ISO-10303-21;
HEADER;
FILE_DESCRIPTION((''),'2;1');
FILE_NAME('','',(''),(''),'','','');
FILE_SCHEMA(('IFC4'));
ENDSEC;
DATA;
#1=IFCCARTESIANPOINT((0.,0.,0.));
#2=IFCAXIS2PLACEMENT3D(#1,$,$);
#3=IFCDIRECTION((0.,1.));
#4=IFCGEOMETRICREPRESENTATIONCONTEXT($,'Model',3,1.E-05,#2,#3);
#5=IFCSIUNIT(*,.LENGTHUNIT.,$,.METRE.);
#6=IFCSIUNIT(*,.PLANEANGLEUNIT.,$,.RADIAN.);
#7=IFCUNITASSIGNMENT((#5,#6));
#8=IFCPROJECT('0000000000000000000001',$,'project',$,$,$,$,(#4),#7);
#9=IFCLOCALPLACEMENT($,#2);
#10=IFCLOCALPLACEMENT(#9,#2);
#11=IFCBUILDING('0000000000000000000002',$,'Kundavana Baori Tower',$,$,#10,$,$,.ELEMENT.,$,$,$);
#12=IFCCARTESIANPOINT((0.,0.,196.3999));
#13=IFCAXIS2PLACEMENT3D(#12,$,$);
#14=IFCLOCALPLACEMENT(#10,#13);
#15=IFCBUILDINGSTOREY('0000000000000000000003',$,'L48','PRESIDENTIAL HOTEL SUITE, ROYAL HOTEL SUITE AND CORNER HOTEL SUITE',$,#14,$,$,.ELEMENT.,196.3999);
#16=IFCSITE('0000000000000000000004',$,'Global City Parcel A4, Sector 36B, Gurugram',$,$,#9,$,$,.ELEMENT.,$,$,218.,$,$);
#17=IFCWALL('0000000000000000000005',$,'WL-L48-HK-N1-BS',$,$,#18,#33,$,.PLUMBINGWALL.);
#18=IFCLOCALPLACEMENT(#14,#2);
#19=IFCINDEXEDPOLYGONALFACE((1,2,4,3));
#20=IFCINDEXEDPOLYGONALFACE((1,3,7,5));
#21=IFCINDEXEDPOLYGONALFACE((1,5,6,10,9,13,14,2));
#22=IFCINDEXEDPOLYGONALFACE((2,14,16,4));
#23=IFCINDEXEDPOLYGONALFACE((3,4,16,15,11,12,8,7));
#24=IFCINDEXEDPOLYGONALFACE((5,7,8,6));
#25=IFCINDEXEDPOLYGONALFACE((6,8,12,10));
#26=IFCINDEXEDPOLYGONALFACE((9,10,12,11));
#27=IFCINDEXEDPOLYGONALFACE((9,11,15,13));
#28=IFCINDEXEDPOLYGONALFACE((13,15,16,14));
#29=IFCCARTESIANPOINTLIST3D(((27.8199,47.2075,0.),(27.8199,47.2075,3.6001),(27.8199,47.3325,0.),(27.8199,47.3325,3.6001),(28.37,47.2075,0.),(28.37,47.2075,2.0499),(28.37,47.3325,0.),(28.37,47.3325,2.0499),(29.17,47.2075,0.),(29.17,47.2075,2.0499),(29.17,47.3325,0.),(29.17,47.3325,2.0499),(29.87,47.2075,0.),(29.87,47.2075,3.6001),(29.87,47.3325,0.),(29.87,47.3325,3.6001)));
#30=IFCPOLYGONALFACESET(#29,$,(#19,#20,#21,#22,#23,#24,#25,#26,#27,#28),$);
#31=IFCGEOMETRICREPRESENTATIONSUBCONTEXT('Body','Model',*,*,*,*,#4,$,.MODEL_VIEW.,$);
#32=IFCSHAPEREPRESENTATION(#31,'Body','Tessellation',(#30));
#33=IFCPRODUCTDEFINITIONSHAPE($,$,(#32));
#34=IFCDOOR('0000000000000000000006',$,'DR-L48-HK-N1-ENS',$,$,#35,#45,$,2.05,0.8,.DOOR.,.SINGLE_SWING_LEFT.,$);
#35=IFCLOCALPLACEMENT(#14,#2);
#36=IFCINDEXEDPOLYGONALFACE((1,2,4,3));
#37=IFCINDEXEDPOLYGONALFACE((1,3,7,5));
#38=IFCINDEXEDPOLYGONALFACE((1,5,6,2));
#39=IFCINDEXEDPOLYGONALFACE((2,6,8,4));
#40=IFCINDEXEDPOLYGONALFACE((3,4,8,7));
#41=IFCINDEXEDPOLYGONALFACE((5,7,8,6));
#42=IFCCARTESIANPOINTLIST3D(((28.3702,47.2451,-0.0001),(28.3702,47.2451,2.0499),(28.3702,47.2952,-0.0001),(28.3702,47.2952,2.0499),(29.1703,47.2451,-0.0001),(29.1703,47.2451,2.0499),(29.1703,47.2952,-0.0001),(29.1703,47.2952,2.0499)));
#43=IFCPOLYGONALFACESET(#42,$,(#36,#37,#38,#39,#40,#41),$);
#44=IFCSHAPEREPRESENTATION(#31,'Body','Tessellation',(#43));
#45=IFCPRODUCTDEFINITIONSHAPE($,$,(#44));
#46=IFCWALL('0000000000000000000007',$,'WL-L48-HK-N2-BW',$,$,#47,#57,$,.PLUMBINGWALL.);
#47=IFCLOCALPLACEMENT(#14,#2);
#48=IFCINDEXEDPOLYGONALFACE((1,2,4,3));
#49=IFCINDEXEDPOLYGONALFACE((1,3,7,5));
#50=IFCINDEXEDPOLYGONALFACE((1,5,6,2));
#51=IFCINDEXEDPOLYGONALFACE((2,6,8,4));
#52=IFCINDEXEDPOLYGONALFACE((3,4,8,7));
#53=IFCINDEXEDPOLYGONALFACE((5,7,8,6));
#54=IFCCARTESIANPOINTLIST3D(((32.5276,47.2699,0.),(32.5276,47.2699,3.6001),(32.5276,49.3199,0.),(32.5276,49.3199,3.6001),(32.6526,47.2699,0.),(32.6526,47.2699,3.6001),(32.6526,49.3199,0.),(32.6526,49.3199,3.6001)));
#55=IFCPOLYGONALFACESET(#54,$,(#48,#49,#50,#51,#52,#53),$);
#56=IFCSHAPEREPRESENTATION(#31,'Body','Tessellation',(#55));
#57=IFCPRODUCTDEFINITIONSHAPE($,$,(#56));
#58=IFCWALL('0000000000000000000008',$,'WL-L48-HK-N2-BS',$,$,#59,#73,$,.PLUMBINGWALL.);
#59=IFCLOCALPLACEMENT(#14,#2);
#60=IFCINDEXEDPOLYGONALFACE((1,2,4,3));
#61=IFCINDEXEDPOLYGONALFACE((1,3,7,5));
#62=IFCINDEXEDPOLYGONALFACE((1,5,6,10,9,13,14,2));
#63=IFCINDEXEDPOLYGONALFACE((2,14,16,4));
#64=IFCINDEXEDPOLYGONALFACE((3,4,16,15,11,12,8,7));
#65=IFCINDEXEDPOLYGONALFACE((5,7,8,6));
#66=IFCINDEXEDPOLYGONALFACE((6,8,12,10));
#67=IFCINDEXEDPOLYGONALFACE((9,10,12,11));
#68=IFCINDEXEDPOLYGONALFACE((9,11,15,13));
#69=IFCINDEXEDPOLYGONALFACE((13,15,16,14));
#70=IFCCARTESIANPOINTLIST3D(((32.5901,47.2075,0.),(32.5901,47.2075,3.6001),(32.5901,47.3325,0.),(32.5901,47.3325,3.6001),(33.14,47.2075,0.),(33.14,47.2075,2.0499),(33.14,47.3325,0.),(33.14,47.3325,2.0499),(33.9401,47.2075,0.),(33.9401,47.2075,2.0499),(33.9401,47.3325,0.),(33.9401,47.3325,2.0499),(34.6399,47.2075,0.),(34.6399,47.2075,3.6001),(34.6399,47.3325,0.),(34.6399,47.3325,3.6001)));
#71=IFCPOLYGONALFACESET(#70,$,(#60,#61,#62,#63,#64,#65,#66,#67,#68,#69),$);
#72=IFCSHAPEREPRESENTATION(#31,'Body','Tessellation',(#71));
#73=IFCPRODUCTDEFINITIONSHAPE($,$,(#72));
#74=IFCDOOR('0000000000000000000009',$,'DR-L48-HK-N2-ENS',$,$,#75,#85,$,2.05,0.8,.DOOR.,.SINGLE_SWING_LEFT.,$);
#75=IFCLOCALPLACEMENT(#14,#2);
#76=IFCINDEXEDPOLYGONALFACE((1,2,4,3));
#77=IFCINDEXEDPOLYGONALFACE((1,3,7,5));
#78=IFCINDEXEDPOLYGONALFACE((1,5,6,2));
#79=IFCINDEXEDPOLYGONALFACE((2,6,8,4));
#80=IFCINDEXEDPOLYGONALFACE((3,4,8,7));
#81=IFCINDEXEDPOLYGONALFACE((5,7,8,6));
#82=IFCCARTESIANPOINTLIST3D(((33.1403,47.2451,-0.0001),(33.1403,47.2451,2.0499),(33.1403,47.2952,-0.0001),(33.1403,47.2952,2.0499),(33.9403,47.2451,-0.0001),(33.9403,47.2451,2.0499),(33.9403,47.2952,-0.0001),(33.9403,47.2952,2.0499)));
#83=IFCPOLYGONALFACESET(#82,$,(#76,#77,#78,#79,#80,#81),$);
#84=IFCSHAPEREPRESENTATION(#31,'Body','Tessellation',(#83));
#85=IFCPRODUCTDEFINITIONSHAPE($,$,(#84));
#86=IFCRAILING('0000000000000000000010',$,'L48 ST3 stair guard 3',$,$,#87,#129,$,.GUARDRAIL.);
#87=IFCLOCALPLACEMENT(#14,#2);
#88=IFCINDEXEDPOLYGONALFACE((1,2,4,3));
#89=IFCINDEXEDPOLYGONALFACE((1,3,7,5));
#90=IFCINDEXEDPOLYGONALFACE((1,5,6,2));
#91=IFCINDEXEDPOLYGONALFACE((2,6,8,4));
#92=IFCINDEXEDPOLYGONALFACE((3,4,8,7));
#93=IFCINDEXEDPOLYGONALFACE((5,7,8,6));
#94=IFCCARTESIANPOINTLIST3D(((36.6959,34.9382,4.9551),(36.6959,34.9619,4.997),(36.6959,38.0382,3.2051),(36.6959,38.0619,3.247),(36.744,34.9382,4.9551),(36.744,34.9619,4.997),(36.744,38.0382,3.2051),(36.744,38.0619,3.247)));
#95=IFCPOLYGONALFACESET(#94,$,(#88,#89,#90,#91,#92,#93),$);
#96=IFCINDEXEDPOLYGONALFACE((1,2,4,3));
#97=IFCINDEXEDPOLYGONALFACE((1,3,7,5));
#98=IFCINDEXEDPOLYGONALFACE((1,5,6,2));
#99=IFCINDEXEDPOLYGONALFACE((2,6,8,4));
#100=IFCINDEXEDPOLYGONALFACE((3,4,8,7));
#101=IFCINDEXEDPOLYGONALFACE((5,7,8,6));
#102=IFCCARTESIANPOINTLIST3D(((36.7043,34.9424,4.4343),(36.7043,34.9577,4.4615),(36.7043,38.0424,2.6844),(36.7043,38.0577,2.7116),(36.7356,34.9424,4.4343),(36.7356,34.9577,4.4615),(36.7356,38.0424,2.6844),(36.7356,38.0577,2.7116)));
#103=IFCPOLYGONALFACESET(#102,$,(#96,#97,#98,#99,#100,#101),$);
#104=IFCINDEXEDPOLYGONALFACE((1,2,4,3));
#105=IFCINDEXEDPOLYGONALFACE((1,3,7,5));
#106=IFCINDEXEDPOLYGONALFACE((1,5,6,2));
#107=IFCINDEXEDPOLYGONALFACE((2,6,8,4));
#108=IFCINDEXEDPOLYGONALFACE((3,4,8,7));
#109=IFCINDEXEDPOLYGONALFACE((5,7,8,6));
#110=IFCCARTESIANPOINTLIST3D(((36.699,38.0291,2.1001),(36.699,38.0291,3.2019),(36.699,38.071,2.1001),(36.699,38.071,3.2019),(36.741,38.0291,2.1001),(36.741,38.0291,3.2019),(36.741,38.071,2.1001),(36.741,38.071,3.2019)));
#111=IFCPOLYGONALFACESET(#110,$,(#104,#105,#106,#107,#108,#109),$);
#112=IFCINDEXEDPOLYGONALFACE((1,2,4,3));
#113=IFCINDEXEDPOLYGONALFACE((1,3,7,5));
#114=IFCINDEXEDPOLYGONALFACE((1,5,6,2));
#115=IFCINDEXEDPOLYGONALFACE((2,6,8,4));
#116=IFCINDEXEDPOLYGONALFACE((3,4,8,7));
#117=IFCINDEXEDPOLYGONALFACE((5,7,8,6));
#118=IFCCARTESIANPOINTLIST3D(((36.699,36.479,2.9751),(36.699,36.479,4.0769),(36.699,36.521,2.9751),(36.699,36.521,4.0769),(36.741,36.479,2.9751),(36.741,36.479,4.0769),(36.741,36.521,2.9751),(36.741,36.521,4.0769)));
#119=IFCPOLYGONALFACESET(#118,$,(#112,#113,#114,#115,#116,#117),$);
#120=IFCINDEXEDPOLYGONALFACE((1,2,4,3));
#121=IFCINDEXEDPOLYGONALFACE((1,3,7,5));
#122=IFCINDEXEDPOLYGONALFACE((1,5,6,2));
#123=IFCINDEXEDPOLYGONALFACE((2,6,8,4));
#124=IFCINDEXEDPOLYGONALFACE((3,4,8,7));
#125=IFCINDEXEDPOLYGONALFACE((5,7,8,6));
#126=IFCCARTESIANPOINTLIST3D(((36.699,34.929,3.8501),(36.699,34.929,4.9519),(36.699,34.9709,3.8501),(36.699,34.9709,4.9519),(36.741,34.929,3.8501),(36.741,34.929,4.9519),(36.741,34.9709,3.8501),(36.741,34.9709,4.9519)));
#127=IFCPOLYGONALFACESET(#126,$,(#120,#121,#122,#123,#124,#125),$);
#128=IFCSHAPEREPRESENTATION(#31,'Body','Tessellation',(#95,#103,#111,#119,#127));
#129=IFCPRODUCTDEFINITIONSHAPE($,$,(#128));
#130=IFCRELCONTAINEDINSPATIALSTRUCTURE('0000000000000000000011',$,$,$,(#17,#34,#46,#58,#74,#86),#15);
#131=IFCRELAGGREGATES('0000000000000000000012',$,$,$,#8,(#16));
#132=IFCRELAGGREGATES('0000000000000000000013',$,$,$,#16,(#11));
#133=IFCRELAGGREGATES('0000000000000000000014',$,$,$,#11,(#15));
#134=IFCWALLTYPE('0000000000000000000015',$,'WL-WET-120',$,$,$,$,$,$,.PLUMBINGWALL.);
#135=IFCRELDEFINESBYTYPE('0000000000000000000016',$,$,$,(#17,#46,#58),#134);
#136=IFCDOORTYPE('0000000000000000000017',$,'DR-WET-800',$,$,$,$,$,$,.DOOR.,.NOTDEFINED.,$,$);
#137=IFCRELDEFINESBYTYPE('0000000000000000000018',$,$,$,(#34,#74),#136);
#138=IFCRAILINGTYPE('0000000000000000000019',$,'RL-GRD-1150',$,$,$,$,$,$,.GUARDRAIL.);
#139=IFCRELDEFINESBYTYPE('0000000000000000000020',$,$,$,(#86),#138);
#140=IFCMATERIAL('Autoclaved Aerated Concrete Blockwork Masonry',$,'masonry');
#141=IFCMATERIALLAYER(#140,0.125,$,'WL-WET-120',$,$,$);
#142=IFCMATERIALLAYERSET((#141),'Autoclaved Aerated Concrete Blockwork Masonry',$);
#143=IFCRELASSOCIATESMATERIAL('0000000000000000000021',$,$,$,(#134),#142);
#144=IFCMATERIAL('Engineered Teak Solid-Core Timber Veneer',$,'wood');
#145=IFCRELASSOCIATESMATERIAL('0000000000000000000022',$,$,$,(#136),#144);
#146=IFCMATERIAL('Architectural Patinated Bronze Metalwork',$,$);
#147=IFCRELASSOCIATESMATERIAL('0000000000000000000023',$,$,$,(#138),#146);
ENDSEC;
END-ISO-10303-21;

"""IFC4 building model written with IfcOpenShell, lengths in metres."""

from ifc_helpers import new_model, si_unit, direction, frame, frame_2d, origin, origin_2d, place, context, subcontext, project, spatial, rectangle, extrude, material, layer, layer_set, type_object, element, fill, save


model = new_model("IFC4")

# Units and contexts
model_context = context("Model", 3, precision=1e-05, world=origin(), true_north=direction((0.0, 1.0)))
body_context = subcontext(model_context, "Body", "Model", "MODEL_VIEW")
ifc_project = project(units=[si_unit("LENGTHUNIT", "METRE"), si_unit("PLANEANGLEUNIT", "RADIAN")], contexts=[model_context])

# Site, building, storey
site_placement = place(None, origin())
site = spatial("IfcSite", under=ifc_project, at=site_placement, Name="Global City Parcel A4, Sector 36B, Gurugram", CompositionType="ELEMENT", RefElevation=218.0)
building_placement = place(site_placement, origin())
building = spatial("IfcBuilding", under=site, at=building_placement, Name="Kundavana Baori Tower", CompositionType="ELEMENT")
storey_placement = place(building_placement, frame((0.0, 0.0, 196.3999)))
storey = spatial("IfcBuildingStorey", under=building, at=storey_placement, Name="L48", Description="PRESIDENTIAL HOTEL SUITE, ROYAL HOTEL SUITE AND CORNER HOTEL SUITE", CompositionType="ELEMENT", Elevation=196.3999)

# Shared definitions
ifc_material_1 = material(Name="Autoclaved Aerated Concrete Blockwork Masonry", Category="masonry")
ifc_layer_1 = layer(ifc_material_1, 0.125, Name="WL-WET-120")
ifc_layer_set_1 = layer_set([ifc_layer_1], Name="Autoclaved Aerated Concrete Blockwork Masonry")
wall_type_1 = type_object("IfcWallType", Name="WL-WET-120", PredefinedType="PLUMBINGWALL", material=ifc_layer_set_1)

# Wall, opening, door
wall_1_placement = place(storey_placement, frame((27.8201, 47.27, 0.0), z_axis=(0.0, 0.0, 1.0), x_axis=(1.0, 0.0, 0.0)))
wall_1 = element("IfcWall", 1, at=wall_1_placement, inside=storey, type_object=wall_type_1, Name="WL-L48-HK-N1-BS", PredefinedType="PLUMBINGWALL", context=body_context, shape_type="SweptSolid", body=[
    extrude(rectangle(XDim=2.05, YDim=0.125, at=frame_2d((1.0249, 0.0))), origin(), (0.0, 0.0, 1.0), 3.6001),
])
opening_1_placement = place(wall_1_placement, frame((0.55, 0.0, 0.0)))
opening_1 = element("IfcOpeningElement", 2, at=opening_1_placement, cuts=wall_1, PredefinedType="OPENING", context=body_context, shape_type="SweptSolid", body=[
    extrude(rectangle(XDim=0.8, YDim=2.05, at=frame_2d((0.3999, 1.0249))), frame((0.0, 0.0725, 0.0), z_axis=(0.0, -1.0, 0.0), x_axis=(1.0, 0.0, 0.0)), (0.0, 0.0, 1.0), 0.145),
])
ifc_material_2 = material(Name="Engineered Teak Solid-Core Timber Veneer", Category="wood")
door_type = type_object("IfcDoorType", Name="DR-WET-800", OperationType="NOTDEFINED", PredefinedType="DOOR", material=ifc_material_2)
door_1_placement = place(opening_1_placement, frame((0.8, 0.0, 0.0), z_axis=(0.0, 0.0, 1.0), x_axis=(-1.0, 0.0, 0.0)))
door_1 = element("IfcDoor", 3, at=door_1_placement, inside=storey, type_object=door_type, Name="DR-L48-HK-N1-ENS", OperationType="SINGLE_SWING_LEFT", OverallHeight=2.05, OverallWidth=0.8, PredefinedType="DOOR", context=body_context, shape_type="SweptSolid", body=[
    extrude(rectangle(XDim=0.8, YDim=2.05, at=frame_2d((0.3999, 1.0249))), frame((0.0, 0.0249, 0.0), z_axis=(0.0, -1.0, 0.0), x_axis=(1.0, 0.0, 0.0)), (0.0, 0.0, 1.0), 0.05),
])
fill(opening_1, door_1)

# Wall
wall_2_placement = place(storey_placement, frame((32.5901, 47.27, 0.0), z_axis=(0.0, 0.0, 1.0), x_axis=(0.0, 1.0, 0.0)))
element("IfcWall", 4, at=wall_2_placement, inside=storey, type_object=wall_type_1, Name="WL-L48-HK-N2-BW", PredefinedType="PLUMBINGWALL", context=body_context, shape_type="SweptSolid", body=[
    extrude(rectangle(XDim=2.05, YDim=0.125, at=frame_2d((1.0249, 0.0))), origin(), (0.0, 0.0, 1.0), 3.6001),
])

# Wall, opening, door
wall_3_placement = place(storey_placement, frame((32.5901, 47.27, 0.0), z_axis=(0.0, 0.0, 1.0), x_axis=(1.0, 0.0, 0.0)))
wall_3 = element("IfcWall", 5, at=wall_3_placement, inside=storey, type_object=wall_type_1, Name="WL-L48-HK-N2-BS", PredefinedType="PLUMBINGWALL", context=body_context, shape_type="SweptSolid", body=[
    extrude(rectangle(XDim=2.0498, YDim=0.125, at=frame_2d((1.0249, 0.0))), origin(), (0.0, 0.0, 1.0), 3.6001),
])
opening_2_placement = place(wall_3_placement, frame((0.55, 0.0, 0.0)))
opening_2 = element("IfcOpeningElement", 6, at=opening_2_placement, cuts=wall_3, PredefinedType="OPENING", context=body_context, shape_type="SweptSolid", body=[
    extrude(rectangle(XDim=0.8, YDim=2.05, at=frame_2d((0.3999, 1.0249))), frame((0.0, 0.0725, 0.0), z_axis=(0.0, -1.0, 0.0), x_axis=(1.0, 0.0, 0.0)), (0.0, 0.0, 1.0), 0.145),
])
door_2_placement = place(opening_2_placement, frame((0.8, 0.0, 0.0), z_axis=(0.0, 0.0, 1.0), x_axis=(-1.0, 0.0, 0.0)))
door_2 = element("IfcDoor", 7, at=door_2_placement, inside=storey, type_object=door_type, Name="DR-L48-HK-N2-ENS", OperationType="SINGLE_SWING_LEFT", OverallHeight=2.05, OverallWidth=0.8, PredefinedType="DOOR", context=body_context, shape_type="SweptSolid", body=[
    extrude(rectangle(XDim=0.8, YDim=2.05, at=frame_2d((0.3999, 1.0249))), frame((0.0, 0.0249, 0.0), z_axis=(0.0, -1.0, 0.0), x_axis=(1.0, 0.0, 0.0)), (0.0, 0.0, 1.0), 0.05),
])
fill(opening_2, door_2)

# Railing
ifc_material_3 = material(Name="Architectural Patinated Bronze Metalwork")
railing_type = type_object("IfcRailingType", Name="RL-GRD-1150", PredefinedType="GUARDRAIL", material=ifc_material_3)
railing_placement = place(storey_placement, frame((36.72, 38.05, 2.1001)))
element("IfcRailing", 8, at=railing_placement, inside=storey, type_object=railing_type, Name="L48 ST3 stair guard 3", PredefinedType="GUARDRAIL", context=body_context, shape_type="SweptSolid", body=[
    extrude(rectangle(XDim=0.0481, YDim=0.0481, at=origin_2d()), frame((0.0, 0.0, 1.126), z_axis=(0.0, -0.870831, 0.491583), x_axis=(1.0, 0.0, 0.0)), (0.0, 0.0, 1.0), 3.5598),
    extrude(rectangle(XDim=0.0312, YDim=0.0312, at=origin_2d()), frame((0.0, 0.0, 0.5979), z_axis=(0.0, -0.870831, 0.491583), x_axis=(1.0, 0.0, 0.0)), (0.0, 0.0, 1.0), 3.5598),
    extrude(rectangle(XDim=0.042, YDim=0.042, at=origin_2d()), origin(), (0.0, 0.0, 1.0), 1.1018),
    extrude(rectangle(XDim=0.042, YDim=0.042, at=origin_2d()), frame((0.0, -1.55, 0.875)), (0.0, 0.0, 1.0), 1.1018),
    extrude(rectangle(XDim=0.042, YDim=0.042, at=origin_2d()), frame((0.0, -3.1001, 1.75)), (0.0, 0.0, 1.0), 1.1018),
])

save(model, "model.ifc")
